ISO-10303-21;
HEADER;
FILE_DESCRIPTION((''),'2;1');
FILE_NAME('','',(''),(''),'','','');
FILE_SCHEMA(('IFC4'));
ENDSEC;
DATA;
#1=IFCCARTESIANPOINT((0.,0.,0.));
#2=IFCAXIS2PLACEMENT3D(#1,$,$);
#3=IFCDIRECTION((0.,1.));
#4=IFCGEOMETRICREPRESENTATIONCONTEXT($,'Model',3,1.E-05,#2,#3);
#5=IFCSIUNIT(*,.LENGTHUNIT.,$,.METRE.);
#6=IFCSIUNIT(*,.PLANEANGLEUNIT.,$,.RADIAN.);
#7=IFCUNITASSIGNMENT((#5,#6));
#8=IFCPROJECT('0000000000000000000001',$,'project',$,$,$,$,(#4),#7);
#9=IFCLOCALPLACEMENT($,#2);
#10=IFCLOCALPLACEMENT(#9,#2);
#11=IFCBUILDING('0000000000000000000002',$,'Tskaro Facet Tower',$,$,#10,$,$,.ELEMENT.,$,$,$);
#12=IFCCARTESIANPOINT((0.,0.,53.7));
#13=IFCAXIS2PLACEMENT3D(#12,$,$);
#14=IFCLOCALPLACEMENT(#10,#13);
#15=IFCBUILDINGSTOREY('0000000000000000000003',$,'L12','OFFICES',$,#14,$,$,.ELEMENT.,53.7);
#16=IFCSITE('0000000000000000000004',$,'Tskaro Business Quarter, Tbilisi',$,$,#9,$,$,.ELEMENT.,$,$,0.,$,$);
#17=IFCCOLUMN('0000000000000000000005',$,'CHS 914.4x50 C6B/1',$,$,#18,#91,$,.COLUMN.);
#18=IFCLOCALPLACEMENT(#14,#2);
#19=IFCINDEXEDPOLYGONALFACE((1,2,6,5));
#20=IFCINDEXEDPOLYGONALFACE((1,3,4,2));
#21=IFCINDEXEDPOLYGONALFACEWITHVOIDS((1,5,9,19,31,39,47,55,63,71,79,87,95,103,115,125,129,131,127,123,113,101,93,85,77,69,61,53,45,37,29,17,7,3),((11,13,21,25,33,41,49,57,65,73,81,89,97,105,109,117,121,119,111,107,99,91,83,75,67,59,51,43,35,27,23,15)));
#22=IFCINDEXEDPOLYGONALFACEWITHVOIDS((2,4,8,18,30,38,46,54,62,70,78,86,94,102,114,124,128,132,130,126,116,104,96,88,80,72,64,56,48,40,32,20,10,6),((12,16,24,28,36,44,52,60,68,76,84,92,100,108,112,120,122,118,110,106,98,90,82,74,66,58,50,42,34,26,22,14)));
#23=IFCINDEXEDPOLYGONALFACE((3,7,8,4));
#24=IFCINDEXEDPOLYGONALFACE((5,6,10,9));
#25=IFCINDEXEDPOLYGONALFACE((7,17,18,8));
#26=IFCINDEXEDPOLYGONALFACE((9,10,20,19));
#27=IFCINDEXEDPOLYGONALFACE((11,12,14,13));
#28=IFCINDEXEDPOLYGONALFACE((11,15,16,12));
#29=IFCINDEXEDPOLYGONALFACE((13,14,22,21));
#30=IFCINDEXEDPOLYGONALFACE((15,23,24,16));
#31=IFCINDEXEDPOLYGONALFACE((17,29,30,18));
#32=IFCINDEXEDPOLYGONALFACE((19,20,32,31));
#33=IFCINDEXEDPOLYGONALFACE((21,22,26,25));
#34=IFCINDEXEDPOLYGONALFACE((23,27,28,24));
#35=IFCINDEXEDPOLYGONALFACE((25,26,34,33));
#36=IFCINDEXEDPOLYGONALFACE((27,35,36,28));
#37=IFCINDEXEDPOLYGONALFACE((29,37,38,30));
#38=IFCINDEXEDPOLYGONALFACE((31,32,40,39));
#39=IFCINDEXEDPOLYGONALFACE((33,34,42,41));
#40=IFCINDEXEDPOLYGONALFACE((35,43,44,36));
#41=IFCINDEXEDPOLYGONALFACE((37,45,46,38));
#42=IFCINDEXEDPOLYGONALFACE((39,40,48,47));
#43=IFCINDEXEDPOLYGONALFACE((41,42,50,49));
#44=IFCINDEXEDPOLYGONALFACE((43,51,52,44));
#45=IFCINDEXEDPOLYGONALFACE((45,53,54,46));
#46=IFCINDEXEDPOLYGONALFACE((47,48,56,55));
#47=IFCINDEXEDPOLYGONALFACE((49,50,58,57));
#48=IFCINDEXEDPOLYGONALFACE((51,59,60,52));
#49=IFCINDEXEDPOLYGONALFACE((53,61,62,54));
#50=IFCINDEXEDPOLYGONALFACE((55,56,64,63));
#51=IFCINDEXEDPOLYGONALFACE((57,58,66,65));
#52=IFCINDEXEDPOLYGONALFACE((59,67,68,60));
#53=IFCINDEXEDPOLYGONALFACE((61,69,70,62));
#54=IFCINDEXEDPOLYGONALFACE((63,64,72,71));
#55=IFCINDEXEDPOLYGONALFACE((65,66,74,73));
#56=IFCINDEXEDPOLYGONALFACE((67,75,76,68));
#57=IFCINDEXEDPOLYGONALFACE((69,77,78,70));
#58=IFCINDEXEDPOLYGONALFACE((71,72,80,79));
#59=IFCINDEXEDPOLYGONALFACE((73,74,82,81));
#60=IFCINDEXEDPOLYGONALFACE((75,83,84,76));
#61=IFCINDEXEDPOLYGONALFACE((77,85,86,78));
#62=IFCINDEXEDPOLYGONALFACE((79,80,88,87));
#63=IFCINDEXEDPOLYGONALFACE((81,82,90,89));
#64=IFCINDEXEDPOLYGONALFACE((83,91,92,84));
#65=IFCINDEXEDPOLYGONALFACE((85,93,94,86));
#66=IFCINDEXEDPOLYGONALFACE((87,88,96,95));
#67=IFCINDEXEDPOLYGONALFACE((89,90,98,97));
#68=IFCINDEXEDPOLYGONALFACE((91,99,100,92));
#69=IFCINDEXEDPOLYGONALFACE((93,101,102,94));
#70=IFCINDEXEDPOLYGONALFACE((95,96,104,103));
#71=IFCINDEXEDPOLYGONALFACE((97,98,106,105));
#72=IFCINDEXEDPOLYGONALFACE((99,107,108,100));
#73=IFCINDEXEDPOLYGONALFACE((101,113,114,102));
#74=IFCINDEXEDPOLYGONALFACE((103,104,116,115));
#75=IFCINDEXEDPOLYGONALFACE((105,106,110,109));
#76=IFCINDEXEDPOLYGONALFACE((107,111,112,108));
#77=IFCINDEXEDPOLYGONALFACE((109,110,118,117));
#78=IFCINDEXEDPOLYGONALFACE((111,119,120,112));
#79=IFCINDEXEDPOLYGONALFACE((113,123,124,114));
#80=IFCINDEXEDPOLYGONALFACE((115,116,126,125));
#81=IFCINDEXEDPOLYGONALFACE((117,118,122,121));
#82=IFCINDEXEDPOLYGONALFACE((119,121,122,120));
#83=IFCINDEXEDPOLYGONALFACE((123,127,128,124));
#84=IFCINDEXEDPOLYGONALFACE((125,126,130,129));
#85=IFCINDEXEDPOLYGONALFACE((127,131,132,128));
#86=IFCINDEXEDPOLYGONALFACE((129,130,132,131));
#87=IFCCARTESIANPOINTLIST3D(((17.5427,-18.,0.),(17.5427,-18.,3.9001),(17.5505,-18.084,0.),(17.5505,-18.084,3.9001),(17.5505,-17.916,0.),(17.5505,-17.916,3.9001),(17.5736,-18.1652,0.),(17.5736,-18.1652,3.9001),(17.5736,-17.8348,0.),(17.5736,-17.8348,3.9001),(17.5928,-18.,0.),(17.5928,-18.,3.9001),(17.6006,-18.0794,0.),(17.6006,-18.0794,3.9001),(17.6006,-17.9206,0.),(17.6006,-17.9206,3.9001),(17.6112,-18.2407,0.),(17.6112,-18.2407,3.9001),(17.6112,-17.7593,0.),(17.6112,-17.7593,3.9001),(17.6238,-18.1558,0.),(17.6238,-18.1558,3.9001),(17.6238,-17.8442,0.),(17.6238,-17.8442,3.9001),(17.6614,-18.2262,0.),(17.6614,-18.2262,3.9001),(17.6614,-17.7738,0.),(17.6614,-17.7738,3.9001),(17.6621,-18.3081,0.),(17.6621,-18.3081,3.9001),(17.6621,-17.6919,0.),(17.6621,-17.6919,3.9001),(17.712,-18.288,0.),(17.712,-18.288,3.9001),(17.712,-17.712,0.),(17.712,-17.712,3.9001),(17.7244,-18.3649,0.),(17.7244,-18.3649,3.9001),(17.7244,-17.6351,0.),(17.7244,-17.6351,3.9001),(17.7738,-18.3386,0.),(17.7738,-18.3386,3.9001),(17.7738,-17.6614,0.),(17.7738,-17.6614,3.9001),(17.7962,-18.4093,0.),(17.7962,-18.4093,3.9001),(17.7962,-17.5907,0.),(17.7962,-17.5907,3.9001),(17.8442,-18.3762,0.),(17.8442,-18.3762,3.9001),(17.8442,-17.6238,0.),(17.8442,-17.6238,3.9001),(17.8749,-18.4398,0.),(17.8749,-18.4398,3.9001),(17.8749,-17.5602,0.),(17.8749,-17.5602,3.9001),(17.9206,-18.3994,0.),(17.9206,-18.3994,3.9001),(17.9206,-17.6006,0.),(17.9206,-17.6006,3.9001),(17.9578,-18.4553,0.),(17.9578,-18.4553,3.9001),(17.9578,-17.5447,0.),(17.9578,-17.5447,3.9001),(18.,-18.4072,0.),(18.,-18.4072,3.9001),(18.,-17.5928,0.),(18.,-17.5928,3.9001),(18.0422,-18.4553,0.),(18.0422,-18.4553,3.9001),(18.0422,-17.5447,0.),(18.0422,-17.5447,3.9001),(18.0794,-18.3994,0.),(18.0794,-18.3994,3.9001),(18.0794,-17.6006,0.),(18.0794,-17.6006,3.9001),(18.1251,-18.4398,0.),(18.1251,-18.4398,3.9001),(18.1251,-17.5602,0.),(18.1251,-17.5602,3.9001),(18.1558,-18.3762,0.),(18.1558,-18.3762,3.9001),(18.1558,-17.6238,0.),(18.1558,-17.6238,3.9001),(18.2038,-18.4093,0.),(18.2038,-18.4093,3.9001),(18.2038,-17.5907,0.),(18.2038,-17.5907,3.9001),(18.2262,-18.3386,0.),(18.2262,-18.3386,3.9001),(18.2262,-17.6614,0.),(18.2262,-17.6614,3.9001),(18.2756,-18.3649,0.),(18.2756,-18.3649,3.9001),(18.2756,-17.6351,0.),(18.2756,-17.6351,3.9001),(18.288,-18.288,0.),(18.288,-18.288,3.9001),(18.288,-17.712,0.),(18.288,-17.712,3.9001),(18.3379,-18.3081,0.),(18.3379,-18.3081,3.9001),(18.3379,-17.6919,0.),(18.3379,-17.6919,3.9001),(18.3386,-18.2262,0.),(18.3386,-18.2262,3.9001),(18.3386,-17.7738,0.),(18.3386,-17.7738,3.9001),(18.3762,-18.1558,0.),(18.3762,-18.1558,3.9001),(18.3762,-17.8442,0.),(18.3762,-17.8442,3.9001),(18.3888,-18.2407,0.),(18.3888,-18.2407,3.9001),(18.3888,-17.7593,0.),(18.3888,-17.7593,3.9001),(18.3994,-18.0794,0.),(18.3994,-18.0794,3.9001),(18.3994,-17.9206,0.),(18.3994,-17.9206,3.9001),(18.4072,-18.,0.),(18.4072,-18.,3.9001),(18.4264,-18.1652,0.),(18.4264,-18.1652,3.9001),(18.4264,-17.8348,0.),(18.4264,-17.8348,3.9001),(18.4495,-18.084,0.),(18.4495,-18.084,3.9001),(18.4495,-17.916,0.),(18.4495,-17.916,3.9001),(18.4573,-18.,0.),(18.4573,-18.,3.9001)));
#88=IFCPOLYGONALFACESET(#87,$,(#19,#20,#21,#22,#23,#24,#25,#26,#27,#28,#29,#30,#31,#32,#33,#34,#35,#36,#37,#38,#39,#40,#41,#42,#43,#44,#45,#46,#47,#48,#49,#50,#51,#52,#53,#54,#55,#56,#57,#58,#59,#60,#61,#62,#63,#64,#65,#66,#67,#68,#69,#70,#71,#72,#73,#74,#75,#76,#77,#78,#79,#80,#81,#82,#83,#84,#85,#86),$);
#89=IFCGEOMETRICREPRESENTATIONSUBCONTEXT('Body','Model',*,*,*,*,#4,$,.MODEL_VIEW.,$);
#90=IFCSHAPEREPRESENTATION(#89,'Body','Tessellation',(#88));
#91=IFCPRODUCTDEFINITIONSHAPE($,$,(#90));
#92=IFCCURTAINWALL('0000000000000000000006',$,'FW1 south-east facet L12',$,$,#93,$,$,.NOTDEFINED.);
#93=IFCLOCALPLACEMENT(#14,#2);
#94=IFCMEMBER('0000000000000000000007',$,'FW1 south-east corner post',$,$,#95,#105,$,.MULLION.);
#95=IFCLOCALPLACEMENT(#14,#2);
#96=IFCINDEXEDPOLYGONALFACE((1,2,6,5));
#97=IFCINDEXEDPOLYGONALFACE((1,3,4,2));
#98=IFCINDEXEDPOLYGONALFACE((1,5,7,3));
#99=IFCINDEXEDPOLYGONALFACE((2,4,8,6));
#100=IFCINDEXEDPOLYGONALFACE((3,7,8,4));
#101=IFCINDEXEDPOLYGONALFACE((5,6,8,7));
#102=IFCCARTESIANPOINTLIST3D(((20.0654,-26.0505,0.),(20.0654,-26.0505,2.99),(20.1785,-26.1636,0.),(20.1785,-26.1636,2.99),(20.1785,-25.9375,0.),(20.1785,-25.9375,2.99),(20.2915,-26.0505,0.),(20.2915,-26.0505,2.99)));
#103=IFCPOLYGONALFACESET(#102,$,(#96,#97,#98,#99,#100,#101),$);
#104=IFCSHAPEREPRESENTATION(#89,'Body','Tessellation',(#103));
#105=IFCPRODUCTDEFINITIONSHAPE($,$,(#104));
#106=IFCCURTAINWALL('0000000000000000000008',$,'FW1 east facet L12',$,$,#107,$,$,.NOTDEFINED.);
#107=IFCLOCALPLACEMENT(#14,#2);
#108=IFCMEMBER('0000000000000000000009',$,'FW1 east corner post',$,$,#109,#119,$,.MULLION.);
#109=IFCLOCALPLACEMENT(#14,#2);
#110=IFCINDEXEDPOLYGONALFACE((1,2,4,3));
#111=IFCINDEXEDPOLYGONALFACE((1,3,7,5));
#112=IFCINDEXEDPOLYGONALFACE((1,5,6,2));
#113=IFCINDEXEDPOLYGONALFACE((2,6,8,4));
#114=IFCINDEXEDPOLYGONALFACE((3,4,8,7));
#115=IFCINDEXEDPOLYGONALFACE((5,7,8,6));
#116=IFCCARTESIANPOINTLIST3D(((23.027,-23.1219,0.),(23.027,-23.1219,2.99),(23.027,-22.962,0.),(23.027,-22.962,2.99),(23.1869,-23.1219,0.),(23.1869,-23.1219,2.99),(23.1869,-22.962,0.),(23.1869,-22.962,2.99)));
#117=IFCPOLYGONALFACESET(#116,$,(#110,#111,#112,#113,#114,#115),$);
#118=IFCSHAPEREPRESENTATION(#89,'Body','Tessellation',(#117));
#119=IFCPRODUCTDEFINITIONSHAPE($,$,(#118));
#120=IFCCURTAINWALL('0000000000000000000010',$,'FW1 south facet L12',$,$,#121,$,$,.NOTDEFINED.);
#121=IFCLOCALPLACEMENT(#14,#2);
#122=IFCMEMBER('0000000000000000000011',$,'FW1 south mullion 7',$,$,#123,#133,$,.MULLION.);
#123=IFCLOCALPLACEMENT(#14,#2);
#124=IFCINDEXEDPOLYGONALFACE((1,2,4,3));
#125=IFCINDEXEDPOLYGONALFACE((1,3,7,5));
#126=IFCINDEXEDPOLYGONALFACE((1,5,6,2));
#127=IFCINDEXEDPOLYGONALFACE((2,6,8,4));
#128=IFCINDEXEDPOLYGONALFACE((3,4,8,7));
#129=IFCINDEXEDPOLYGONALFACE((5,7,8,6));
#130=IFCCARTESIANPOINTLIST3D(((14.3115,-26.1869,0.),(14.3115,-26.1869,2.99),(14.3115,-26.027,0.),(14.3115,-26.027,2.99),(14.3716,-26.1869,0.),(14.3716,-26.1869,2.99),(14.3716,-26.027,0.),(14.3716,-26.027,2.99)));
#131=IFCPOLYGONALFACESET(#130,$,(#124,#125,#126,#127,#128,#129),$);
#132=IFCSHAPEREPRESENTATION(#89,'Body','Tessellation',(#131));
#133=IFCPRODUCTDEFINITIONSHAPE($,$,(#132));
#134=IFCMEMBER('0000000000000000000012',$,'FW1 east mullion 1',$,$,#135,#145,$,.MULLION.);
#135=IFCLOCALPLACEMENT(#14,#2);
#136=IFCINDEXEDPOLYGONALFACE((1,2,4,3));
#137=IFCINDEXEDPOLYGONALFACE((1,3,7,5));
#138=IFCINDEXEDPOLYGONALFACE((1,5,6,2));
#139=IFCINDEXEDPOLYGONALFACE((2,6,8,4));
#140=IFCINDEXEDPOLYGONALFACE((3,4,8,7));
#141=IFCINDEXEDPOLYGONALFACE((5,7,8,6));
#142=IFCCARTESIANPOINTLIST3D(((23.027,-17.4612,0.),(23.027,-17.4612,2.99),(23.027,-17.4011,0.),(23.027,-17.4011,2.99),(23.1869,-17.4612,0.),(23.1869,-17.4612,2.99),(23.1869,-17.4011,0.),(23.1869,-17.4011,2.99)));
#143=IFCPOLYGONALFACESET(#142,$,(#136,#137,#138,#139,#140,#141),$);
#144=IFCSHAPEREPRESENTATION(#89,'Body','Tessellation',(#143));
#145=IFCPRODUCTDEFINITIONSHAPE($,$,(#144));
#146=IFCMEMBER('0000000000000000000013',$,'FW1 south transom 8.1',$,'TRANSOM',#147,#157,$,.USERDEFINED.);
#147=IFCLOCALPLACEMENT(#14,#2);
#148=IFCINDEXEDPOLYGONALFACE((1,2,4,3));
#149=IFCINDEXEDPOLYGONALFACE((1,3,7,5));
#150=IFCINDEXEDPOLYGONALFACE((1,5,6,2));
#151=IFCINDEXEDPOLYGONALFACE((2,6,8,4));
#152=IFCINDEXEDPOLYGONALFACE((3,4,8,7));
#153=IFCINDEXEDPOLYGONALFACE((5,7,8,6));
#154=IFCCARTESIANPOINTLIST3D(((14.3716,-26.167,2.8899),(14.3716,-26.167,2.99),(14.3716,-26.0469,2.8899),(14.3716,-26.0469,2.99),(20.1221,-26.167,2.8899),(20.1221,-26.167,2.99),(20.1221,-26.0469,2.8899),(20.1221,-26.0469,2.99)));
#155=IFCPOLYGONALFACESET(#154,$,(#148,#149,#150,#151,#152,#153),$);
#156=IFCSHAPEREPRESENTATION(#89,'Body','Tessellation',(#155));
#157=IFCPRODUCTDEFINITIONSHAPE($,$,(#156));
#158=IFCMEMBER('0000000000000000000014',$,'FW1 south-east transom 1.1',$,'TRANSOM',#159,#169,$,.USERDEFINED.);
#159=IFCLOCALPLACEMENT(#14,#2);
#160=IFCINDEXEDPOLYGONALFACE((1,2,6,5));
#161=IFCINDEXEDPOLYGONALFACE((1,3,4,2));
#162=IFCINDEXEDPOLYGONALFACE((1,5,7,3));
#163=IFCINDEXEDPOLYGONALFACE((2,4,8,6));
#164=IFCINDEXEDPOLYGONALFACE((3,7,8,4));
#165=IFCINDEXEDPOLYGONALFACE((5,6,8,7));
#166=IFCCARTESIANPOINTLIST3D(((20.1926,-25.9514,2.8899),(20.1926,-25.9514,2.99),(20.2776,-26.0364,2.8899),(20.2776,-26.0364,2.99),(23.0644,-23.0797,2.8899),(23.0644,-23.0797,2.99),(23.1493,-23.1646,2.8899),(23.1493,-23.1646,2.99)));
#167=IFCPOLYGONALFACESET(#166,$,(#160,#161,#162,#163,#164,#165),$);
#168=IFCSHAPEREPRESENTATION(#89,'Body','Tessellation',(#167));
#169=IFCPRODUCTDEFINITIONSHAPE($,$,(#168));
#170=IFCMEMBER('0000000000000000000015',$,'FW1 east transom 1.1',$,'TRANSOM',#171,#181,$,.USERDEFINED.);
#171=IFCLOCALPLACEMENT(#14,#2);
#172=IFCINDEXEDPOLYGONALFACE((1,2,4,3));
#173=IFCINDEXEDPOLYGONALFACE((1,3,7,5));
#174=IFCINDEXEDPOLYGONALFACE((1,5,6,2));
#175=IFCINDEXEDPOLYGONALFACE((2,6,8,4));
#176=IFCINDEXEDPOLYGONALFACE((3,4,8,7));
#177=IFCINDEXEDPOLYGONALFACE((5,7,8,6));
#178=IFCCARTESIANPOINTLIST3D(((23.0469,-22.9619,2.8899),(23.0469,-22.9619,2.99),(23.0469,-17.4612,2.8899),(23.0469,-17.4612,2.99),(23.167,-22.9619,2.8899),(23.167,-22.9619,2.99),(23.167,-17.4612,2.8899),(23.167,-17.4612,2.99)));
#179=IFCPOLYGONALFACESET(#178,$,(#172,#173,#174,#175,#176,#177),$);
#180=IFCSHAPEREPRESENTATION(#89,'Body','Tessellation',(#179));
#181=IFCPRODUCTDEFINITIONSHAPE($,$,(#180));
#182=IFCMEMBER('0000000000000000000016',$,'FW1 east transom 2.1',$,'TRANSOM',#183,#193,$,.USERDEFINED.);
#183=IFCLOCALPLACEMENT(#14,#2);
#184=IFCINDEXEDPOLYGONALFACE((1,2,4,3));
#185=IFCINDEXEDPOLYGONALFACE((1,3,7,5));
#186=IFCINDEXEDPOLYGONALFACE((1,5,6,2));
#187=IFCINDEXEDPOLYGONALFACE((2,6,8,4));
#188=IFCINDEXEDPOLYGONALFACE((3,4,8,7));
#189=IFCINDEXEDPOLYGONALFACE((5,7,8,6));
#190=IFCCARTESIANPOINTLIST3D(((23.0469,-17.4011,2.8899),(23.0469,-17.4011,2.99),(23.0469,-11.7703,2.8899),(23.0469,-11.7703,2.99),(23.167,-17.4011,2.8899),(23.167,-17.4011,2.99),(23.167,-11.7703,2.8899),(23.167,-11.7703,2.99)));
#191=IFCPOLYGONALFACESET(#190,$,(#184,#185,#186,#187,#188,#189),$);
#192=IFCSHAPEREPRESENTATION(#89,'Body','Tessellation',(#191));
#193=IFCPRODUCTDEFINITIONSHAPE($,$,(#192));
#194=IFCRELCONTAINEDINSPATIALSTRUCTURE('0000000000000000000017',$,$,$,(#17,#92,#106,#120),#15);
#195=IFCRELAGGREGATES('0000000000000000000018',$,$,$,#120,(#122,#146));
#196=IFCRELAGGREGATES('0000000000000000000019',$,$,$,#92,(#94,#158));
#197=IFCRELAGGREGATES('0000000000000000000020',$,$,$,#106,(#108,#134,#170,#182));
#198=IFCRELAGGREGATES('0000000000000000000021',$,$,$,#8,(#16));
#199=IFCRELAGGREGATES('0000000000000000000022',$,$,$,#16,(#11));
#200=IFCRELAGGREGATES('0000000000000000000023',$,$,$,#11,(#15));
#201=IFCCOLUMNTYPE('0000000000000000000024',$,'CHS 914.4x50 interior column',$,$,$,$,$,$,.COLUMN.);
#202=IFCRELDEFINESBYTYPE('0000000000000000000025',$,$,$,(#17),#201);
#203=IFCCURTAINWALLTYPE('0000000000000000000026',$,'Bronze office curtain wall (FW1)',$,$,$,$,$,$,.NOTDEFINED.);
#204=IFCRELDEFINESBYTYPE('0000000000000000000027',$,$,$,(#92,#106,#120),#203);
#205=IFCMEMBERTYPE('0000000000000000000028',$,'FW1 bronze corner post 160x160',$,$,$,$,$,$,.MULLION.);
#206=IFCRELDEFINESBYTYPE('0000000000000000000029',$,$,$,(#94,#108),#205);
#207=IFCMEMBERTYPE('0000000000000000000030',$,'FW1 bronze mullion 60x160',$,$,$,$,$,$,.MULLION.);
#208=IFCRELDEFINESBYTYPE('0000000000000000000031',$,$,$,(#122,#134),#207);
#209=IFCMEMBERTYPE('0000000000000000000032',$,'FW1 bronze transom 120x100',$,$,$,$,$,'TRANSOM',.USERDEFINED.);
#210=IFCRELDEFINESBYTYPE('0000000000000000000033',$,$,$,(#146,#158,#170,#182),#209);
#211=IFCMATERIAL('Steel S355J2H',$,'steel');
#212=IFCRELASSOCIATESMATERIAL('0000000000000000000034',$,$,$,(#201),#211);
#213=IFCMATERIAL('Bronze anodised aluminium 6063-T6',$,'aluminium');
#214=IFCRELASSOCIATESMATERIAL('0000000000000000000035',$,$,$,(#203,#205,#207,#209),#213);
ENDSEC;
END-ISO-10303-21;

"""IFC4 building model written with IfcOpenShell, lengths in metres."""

from ifc_helpers import new_model, si_unit, direction, frame, origin, origin_2d, place, context, subcontext, project, spatial, rectangle, hollow_circle, extrude, material, material_profile, profile_set, type_object, element, aggregate, save


model = new_model("IFC4")

# Units and contexts
model_context = context("Model", 3, precision=1e-05, world=origin(), true_north=direction((0.0, 1.0)))
body_context = subcontext(model_context, "Body", "Model", "MODEL_VIEW")
ifc_project = project(units=[si_unit("LENGTHUNIT", "METRE"), si_unit("PLANEANGLEUNIT", "RADIAN")], contexts=[model_context])

# Site, building, storey
site_placement = place(None, origin())
site = spatial("IfcSite", under=ifc_project, at=site_placement, Name="Tskaro Business Quarter, Tbilisi", CompositionType="ELEMENT", RefElevation=0.0)
building_placement = place(site_placement, origin())
building = spatial("IfcBuilding", under=site, at=building_placement, Name="Tskaro Facet Tower", CompositionType="ELEMENT")
storey_placement = place(building_placement, frame((0.0, 0.0, 53.7)))
storey = spatial("IfcBuildingStorey", under=building, at=storey_placement, Name="L12", Description="OFFICES", CompositionType="ELEMENT", Elevation=53.7)

# Column
ifc_material_1 = material(Name="Steel S355J2H", Category="steel")
ifc_material_profile_1 = material_profile(ifc_material_1, hollow_circle(Radius=0.4573, WallThickness=0.05, at=origin_2d()), Name="CHS 914.4x50")
ifc_profile_set_1 = profile_set([ifc_material_profile_1], Name="Steel S355J2H")
column_type_1 = type_object("IfcColumnType", Name="CHS 914.4x50 interior column", PredefinedType="COLUMN", material=ifc_profile_set_1)
column_placement = place(storey_placement, frame((18.0, -18.0, 0.0), z_axis=(0.0, 0.0, 1.0), x_axis=(1.0, 0.0, 0.0)))
element("IfcColumn", 1, at=column_placement, inside=storey, type_object=column_type_1, Name="CHS 914.4x50 C6B/1", PredefinedType="COLUMN", context=body_context, shape_type="SweptSolid", body=[
    extrude(hollow_circle(Radius=0.4573, WallThickness=0.05, at=origin_2d()), origin(), (0.0, 0.0, 1.0), 3.9001),
])

# Curtain walls, members
ifc_material_2 = material(Name="Bronze anodised aluminium 6063-T6", Category="aluminium")
curtain_wall_type = type_object("IfcCurtainWallType", Name="Bronze office curtain wall (FW1)", PredefinedType="NOTDEFINED", material=ifc_material_2)
curtain_wall_1_placement = place(storey_placement, origin())
curtain_wall_1 = element("IfcCurtainWall", 2, at=curtain_wall_1_placement, inside=storey, type_object=curtain_wall_type, Name="FW1 south-east facet L12", PredefinedType="NOTDEFINED")
ifc_material_profile_2 = material_profile(ifc_material_2, rectangle(XDim=0.1599, YDim=0.1599, at=origin_2d()), Name="Corner post 160x160")
ifc_profile_set_2 = profile_set([ifc_material_profile_2], Name="Bronze anodised aluminium 6063-T6")
member_type_1 = type_object("IfcMemberType", Name="FW1 bronze corner post 160x160", PredefinedType="MULLION", material=ifc_profile_set_2)
member_1_placement = place(storey_placement, frame((20.1785, -26.0505, 0.0), z_axis=(0.0, 0.0, 1.0), x_axis=(0.707107, 0.707107, 0.0)))
member_1 = element("IfcMember", 3, at=member_1_placement, type_object=member_type_1, Name="FW1 south-east corner post", PredefinedType="MULLION", context=body_context, shape_type="SweptSolid", body=[
    extrude(rectangle(XDim=0.1599, YDim=0.1599, at=origin_2d()), origin(), (0.0, 0.0, 1.0), 2.99),
])
curtain_wall_2_placement = place(storey_placement, origin())
curtain_wall_2 = element("IfcCurtainWall", 4, at=curtain_wall_2_placement, inside=storey, type_object=curtain_wall_type, Name="FW1 east facet L12", PredefinedType="NOTDEFINED")
member_2_placement = place(storey_placement, frame((23.1069, -23.042, 0.0), z_axis=(0.0, 0.0, 1.0), x_axis=(0.0, 1.0, 0.0)))
member_2 = element("IfcMember", 5, at=member_2_placement, type_object=member_type_1, Name="FW1 east corner post", PredefinedType="MULLION", context=body_context, shape_type="SweptSolid", body=[
    extrude(rectangle(XDim=0.1599, YDim=0.1599, at=origin_2d()), origin(), (0.0, 0.0, 1.0), 2.99),
])
curtain_wall_3_placement = place(storey_placement, origin())
curtain_wall_3 = element("IfcCurtainWall", 6, at=curtain_wall_3_placement, inside=storey, type_object=curtain_wall_type, Name="FW1 south facet L12", PredefinedType="NOTDEFINED")
ifc_material_profile_3 = material_profile(ifc_material_2, rectangle(XDim=0.0601, YDim=0.1599, at=origin_2d()), Name="Mullion 60x160")
ifc_profile_set_3 = profile_set([ifc_material_profile_3], Name="Bronze anodised aluminium 6063-T6")
member_type_2 = type_object("IfcMemberType", Name="FW1 bronze mullion 60x160", PredefinedType="MULLION", material=ifc_profile_set_3)
member_3_placement = place(storey_placement, frame((14.3416, -26.1069, 0.0), z_axis=(0.0, 0.0, 1.0), x_axis=(1.0, 0.0, 0.0)))
member_3 = element("IfcMember", 7, at=member_3_placement, type_object=member_type_2, Name="FW1 south mullion 7", PredefinedType="MULLION", context=body_context, shape_type="SweptSolid", body=[
    extrude(rectangle(XDim=0.0601, YDim=0.1599, at=origin_2d()), origin(), (0.0, 0.0, 1.0), 2.99),
])

# Members
member_4_placement = place(storey_placement, frame((23.1069, -17.4312, 0.0), z_axis=(0.0, 0.0, 1.0), x_axis=(0.0, 1.0, 0.0)))
member_4 = element("IfcMember", 8, at=member_4_placement, type_object=member_type_2, Name="FW1 east mullion 1", PredefinedType="MULLION", context=body_context, shape_type="SweptSolid", body=[
    extrude(rectangle(XDim=0.0601, YDim=0.1599, at=origin_2d()), origin(), (0.0, 0.0, 1.0), 2.99),
])
ifc_material_profile_4 = material_profile(ifc_material_2, rectangle(XDim=0.1201, YDim=0.1001, at=origin_2d()), Name="Transom 120x100")
ifc_profile_set_4 = profile_set([ifc_material_profile_4], Name="Bronze anodised aluminium 6063-T6")
member_type_3 = type_object("IfcMemberType", Name="FW1 bronze transom 120x100", ElementType="TRANSOM", PredefinedType="USERDEFINED", material=ifc_profile_set_4)
member_5_placement = place(storey_placement, frame((14.3716, -26.1069, 2.9399), z_axis=(1.0, 0.0, 0.0), x_axis=(0.0, 1.0, 0.0)))
member_5 = element("IfcMember", 9, at=member_5_placement, type_object=member_type_3, Name="FW1 south transom 8.1", ObjectType="TRANSOM", PredefinedType="USERDEFINED", context=body_context, shape_type="SweptSolid", body=[
    extrude(rectangle(XDim=0.1201, YDim=0.1001, at=origin_2d()), origin(), (0.0, 0.0, 1.0), 5.7505),
])
member_6_placement = place(storey_placement, frame((20.2351, -25.9939, 2.9399), z_axis=(0.707107, 0.707107, 0.0), x_axis=(-0.707107, 0.707107, 0.0)))
member_6 = element("IfcMember", 10, at=member_6_placement, type_object=member_type_3, Name="FW1 south-east transom 1.1", ObjectType="TRANSOM", PredefinedType="USERDEFINED", context=body_context, shape_type="SweptSolid", body=[
    extrude(rectangle(XDim=0.1201, YDim=0.1001, at=origin_2d()), origin(), (0.0, 0.0, 1.0), 4.0613),
])
member_7_placement = place(storey_placement, frame((23.1069, -22.9619, 2.9399), z_axis=(0.0, 1.0, 0.0), x_axis=(-1.0, 0.0, 0.0)))
member_7 = element("IfcMember", 11, at=member_7_placement, type_object=member_type_3, Name="FW1 east transom 1.1", ObjectType="TRANSOM", PredefinedType="USERDEFINED", context=body_context, shape_type="SweptSolid", body=[
    extrude(rectangle(XDim=0.1201, YDim=0.1001, at=origin_2d()), origin(), (0.0, 0.0, 1.0), 5.5007),
])
member_8_placement = place(storey_placement, frame((23.1069, -17.4011, 2.9399), z_axis=(0.0, 1.0, 0.0), x_axis=(-1.0, 0.0, 0.0)))
member_8 = element("IfcMember", 12, at=member_8_placement, type_object=member_type_3, Name="FW1 east transom 2.1", ObjectType="TRANSOM", PredefinedType="USERDEFINED", context=body_context, shape_type="SweptSolid", body=[
    extrude(rectangle(XDim=0.1201, YDim=0.1001, at=origin_2d()), origin(), (0.0, 0.0, 1.0), 5.6309),
])

aggregate(curtain_wall_3, [member_3, member_5])
aggregate(curtain_wall_1, [member_1, member_6])
aggregate(curtain_wall_2, [member_2, member_4, member_7, member_8])

save(model, "model.ifc")
